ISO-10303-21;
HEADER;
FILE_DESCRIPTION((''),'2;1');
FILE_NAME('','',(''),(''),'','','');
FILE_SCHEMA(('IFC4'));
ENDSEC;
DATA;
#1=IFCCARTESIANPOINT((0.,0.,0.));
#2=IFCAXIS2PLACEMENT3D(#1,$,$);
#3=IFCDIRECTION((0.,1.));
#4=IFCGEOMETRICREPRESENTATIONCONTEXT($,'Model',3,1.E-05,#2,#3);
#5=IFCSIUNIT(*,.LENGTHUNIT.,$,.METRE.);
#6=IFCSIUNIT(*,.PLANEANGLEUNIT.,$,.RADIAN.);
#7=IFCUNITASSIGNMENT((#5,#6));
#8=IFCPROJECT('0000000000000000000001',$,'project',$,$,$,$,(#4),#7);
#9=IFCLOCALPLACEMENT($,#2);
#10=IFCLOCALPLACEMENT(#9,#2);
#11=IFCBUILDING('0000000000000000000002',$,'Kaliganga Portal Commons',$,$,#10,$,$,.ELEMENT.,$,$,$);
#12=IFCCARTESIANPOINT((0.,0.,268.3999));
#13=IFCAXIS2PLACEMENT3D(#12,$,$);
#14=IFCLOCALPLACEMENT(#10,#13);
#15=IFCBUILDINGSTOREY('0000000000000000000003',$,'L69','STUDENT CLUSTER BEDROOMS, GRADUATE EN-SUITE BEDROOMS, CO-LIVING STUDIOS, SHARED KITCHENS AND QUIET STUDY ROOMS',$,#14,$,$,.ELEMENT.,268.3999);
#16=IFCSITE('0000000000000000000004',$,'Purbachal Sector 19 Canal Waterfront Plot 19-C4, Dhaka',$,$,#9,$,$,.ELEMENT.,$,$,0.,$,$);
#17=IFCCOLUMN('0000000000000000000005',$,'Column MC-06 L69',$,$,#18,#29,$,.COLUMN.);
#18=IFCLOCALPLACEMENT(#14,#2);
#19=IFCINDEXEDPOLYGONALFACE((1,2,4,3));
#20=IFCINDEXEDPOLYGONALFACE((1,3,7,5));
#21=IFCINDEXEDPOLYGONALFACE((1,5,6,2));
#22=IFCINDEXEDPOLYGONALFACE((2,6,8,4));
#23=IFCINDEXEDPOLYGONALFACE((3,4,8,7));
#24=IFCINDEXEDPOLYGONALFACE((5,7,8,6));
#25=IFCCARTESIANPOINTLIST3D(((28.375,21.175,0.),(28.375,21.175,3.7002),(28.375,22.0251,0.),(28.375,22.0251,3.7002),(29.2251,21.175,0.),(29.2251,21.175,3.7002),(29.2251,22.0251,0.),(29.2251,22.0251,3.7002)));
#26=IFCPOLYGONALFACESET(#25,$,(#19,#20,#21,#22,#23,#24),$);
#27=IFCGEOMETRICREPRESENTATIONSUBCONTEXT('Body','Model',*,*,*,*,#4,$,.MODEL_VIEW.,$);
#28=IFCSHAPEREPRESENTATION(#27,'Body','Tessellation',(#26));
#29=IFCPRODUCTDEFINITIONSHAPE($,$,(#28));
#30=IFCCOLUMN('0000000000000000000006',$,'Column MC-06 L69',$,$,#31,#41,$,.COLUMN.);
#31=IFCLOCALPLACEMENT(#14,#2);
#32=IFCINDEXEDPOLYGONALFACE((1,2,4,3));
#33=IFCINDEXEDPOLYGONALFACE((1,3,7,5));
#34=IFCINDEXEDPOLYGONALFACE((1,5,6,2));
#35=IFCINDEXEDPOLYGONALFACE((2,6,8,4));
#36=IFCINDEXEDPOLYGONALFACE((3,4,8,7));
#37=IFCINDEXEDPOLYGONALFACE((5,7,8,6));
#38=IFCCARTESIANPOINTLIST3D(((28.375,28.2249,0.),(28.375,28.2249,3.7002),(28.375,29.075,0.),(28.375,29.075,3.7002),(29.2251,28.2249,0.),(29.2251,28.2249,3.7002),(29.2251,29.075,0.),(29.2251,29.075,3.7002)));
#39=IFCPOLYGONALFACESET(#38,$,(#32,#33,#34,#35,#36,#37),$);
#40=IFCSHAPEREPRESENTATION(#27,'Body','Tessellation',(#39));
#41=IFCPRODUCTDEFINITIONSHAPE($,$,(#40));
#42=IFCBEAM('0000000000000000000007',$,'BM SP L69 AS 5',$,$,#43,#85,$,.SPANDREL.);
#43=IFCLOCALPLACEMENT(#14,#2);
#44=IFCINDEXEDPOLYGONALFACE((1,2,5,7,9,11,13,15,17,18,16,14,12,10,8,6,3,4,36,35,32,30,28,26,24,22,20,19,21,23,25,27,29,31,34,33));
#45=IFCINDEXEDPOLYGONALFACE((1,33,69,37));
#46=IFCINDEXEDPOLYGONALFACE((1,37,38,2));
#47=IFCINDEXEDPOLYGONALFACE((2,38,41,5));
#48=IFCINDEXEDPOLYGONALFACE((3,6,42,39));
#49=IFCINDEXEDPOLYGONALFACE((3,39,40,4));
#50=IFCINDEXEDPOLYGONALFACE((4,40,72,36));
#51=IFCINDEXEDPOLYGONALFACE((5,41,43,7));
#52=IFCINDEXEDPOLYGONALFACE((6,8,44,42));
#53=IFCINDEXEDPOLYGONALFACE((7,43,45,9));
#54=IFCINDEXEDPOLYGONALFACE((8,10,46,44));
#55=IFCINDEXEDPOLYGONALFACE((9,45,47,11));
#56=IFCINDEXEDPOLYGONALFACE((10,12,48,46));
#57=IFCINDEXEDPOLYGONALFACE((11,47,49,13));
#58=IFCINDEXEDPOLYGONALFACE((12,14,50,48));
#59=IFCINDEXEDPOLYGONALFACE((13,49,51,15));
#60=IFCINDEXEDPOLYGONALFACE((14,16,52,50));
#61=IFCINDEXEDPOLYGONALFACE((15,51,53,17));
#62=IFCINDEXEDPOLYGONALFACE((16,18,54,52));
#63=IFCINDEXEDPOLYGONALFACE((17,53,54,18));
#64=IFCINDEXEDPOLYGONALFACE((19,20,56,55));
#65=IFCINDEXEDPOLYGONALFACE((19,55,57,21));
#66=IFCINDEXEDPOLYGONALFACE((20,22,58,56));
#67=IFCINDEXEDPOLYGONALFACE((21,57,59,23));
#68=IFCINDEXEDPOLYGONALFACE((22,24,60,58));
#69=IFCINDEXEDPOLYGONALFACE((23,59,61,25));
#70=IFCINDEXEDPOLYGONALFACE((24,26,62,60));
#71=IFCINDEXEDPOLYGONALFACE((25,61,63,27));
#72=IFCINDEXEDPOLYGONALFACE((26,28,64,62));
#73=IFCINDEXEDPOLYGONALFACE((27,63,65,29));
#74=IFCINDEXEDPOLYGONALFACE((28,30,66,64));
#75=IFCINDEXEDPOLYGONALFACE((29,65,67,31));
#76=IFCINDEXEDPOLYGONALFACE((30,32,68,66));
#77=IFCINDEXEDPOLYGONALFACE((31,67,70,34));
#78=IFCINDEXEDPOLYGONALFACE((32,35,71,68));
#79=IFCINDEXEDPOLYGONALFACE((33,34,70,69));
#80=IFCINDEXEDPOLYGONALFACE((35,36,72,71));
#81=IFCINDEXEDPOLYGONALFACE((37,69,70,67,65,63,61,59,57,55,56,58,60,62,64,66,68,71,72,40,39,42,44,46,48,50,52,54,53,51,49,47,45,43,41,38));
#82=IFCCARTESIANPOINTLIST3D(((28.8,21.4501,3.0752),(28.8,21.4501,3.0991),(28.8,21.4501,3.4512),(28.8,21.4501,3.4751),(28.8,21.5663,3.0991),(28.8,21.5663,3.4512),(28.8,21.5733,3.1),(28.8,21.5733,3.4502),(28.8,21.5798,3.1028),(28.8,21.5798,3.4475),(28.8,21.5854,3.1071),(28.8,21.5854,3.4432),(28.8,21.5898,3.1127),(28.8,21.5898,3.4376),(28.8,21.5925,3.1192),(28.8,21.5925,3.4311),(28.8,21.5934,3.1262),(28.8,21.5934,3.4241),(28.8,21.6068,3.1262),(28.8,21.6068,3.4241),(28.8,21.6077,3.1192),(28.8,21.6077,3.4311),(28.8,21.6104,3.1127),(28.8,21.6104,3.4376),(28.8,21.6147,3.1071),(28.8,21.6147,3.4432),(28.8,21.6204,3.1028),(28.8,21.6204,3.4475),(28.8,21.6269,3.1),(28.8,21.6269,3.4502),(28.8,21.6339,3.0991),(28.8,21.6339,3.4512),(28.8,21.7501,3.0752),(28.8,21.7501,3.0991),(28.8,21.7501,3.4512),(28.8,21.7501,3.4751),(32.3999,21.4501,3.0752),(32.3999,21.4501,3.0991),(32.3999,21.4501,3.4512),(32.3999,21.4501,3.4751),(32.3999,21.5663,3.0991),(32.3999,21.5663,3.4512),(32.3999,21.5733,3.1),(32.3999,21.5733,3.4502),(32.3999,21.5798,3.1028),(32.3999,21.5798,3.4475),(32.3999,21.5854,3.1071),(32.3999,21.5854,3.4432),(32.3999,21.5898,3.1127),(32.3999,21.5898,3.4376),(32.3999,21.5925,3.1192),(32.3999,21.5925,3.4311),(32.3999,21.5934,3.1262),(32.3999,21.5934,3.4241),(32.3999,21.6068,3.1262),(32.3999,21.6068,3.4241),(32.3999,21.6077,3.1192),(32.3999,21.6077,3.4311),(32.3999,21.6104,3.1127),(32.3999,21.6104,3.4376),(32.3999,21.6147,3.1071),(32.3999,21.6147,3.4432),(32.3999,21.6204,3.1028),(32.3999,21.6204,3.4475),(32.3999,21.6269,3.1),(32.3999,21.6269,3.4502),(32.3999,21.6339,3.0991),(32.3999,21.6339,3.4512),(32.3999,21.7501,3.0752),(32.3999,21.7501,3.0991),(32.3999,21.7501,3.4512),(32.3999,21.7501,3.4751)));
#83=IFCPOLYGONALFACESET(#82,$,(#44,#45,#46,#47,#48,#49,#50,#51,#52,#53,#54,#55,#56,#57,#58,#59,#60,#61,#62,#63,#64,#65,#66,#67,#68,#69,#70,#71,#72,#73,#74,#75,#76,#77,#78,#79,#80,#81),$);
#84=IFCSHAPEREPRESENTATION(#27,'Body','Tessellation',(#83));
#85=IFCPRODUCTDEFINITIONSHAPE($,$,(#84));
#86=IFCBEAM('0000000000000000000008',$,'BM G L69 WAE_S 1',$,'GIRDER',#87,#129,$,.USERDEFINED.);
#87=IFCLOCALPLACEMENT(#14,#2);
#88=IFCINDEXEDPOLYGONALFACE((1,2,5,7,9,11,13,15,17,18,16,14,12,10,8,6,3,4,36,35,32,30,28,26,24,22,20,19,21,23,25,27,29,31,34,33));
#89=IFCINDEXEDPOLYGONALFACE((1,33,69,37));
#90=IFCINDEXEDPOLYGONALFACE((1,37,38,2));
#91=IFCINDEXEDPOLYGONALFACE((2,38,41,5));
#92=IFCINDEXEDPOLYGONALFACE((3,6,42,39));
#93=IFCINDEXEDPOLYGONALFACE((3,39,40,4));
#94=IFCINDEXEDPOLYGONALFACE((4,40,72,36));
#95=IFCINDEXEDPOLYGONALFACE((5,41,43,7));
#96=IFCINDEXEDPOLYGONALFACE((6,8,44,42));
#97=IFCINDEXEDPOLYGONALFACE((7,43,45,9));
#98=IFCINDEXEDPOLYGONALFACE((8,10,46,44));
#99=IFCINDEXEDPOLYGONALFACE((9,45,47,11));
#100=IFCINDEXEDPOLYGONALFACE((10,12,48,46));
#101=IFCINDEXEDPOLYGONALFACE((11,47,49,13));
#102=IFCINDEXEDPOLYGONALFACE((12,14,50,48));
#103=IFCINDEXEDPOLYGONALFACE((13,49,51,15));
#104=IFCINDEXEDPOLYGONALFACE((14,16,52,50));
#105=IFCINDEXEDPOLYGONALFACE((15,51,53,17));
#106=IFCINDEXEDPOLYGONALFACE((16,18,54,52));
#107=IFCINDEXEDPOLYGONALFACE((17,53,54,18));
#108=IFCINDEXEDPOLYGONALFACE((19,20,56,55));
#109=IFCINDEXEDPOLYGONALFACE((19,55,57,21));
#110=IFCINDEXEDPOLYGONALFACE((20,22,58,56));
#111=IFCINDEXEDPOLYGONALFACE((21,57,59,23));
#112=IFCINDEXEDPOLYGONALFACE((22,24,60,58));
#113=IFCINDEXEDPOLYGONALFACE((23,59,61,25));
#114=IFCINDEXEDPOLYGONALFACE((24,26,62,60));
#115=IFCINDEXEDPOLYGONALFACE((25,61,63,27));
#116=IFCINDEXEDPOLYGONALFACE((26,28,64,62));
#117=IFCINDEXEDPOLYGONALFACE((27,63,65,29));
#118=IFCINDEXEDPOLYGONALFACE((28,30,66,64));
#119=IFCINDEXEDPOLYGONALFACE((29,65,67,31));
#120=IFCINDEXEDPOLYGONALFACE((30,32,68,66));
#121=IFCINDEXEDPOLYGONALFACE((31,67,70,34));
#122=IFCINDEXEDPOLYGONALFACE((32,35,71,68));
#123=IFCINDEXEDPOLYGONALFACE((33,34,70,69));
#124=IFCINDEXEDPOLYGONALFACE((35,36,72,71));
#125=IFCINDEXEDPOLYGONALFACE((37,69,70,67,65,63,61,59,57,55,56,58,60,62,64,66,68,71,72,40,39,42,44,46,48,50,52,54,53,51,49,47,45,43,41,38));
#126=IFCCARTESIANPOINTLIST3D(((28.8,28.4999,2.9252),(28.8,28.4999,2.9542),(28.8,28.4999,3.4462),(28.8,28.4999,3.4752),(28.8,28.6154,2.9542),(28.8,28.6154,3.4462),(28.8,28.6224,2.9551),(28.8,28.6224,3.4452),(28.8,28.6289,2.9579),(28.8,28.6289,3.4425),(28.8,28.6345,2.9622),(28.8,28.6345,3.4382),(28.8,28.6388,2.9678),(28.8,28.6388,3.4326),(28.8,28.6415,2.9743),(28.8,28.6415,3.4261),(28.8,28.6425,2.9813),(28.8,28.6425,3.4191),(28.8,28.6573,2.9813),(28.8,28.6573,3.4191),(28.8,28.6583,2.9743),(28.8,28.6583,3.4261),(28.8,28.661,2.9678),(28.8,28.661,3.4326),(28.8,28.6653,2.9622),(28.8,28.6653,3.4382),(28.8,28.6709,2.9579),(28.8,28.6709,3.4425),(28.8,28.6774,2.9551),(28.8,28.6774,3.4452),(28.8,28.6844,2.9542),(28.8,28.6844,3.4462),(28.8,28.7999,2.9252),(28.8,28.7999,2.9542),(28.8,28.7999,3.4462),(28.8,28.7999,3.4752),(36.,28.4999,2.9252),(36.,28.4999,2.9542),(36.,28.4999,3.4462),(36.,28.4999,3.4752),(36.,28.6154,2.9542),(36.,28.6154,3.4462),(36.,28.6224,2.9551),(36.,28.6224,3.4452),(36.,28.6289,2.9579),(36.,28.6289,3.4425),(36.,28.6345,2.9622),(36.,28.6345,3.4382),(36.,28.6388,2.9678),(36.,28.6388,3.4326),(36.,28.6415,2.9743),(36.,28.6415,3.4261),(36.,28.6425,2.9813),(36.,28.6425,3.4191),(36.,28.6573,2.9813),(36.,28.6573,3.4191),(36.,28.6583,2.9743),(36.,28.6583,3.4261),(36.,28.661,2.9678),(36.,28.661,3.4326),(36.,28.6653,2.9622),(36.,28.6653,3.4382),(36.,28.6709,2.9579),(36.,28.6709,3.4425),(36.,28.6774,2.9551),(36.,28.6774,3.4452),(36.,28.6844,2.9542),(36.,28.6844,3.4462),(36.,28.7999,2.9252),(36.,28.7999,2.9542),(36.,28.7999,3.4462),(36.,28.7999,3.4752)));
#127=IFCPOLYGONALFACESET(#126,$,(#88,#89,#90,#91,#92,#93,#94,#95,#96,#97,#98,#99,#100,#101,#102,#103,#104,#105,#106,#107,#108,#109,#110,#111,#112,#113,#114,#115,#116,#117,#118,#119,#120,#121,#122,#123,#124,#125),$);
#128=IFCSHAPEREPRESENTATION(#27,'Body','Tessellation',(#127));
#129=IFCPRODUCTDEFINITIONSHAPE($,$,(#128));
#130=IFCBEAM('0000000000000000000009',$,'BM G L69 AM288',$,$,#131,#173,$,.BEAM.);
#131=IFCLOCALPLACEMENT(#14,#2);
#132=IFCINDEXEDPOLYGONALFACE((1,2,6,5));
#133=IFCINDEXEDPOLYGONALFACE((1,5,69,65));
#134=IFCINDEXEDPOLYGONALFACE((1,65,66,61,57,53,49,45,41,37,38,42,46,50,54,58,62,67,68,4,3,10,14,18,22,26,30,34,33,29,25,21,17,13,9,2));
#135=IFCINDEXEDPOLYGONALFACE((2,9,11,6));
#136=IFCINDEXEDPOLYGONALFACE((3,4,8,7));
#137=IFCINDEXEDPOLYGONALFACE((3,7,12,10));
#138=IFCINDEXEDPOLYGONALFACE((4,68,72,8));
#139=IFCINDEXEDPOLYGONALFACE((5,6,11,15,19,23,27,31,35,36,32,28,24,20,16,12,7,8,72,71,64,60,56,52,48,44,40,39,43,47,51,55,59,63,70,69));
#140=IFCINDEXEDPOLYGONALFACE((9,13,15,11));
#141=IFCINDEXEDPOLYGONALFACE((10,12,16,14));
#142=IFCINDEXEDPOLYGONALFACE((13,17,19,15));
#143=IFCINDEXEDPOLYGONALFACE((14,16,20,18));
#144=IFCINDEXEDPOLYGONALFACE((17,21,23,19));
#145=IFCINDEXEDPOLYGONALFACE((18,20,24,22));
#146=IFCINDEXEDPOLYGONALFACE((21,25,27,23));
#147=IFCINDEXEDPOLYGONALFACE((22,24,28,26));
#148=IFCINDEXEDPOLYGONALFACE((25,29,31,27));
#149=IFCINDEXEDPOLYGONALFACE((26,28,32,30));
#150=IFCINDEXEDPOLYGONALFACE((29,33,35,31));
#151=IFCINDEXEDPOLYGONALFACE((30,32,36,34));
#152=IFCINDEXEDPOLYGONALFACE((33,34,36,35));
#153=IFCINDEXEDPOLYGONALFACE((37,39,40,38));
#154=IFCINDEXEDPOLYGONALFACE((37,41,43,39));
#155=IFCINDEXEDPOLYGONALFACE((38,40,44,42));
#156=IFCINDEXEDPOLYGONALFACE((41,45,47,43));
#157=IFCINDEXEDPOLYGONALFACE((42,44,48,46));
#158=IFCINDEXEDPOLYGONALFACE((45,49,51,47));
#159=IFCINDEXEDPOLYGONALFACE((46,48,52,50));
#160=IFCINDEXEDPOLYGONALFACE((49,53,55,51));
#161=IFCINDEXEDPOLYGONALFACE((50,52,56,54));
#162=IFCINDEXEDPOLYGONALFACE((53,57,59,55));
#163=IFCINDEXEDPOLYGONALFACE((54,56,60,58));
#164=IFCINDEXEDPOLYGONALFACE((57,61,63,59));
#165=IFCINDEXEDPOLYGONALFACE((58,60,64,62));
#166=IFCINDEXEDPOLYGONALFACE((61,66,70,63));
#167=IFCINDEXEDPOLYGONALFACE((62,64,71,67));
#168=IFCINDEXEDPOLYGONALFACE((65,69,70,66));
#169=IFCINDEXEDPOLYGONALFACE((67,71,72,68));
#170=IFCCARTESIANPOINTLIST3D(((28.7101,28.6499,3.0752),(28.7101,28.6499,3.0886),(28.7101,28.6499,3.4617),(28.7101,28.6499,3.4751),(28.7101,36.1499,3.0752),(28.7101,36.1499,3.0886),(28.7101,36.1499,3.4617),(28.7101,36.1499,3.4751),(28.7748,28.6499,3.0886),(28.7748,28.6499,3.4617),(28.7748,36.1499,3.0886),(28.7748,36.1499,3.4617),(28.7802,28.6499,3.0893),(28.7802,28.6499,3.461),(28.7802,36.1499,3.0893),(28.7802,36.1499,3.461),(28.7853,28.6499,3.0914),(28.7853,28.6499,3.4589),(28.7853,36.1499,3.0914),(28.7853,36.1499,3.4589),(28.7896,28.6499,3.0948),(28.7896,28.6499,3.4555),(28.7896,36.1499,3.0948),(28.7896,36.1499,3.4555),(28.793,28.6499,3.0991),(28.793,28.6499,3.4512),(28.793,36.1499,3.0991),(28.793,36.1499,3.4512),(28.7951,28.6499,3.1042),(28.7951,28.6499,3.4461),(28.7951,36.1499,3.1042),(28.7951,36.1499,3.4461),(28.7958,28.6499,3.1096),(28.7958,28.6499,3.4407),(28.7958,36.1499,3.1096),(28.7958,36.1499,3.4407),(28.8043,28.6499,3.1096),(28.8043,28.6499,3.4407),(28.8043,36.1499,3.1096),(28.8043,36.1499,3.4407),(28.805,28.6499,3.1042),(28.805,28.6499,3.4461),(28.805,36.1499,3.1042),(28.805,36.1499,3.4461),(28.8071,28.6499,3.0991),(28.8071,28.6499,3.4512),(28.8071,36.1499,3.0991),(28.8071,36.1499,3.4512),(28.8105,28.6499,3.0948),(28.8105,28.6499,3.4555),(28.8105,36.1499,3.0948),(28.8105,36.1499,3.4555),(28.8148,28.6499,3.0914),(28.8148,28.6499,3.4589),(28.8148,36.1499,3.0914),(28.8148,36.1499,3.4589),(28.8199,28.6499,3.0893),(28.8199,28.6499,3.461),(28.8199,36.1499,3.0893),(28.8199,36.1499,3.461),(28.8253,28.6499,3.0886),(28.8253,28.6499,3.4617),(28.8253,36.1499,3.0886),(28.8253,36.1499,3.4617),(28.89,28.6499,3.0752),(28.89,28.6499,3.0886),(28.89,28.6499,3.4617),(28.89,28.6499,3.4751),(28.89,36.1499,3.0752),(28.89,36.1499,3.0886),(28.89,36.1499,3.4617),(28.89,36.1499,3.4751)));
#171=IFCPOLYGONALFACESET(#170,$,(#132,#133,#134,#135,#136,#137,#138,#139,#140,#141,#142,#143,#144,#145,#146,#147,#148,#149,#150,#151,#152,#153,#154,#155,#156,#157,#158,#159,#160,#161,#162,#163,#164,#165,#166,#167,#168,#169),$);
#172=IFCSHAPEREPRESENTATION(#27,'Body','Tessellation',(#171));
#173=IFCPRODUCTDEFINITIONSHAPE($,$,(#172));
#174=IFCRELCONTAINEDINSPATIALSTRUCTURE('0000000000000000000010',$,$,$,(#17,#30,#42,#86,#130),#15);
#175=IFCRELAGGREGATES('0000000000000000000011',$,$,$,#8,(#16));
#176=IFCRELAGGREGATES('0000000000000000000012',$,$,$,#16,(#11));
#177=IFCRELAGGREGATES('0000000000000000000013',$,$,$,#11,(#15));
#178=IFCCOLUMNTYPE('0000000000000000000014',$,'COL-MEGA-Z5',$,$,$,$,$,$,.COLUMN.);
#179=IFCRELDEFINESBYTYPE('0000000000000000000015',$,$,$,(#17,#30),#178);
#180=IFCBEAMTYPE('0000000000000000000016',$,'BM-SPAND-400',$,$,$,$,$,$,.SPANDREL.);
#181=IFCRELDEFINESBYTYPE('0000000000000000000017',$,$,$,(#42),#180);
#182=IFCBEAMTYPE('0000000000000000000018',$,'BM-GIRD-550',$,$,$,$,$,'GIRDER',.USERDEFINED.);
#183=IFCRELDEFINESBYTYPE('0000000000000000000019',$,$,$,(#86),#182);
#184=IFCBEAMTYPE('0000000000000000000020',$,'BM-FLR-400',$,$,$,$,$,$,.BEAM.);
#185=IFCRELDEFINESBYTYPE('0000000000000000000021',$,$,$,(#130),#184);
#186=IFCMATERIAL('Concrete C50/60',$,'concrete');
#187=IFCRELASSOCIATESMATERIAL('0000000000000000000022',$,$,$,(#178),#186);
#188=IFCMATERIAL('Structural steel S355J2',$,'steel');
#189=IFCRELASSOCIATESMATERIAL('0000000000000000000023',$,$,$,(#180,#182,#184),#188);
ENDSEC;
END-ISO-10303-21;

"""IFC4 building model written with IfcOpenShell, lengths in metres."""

from ifc_helpers import new_model, si_unit, direction, frame, origin, origin_2d, place, context, subcontext, project, spatial, rectangle, i_section, extrude, source, transform, mapped, material, material_profile, profile_set, type_object, element, save


model = new_model("IFC4")

# Units and contexts
model_context = context("Model", 3, precision=1e-05, world=origin(), true_north=direction((0.0, 1.0)))
body_context = subcontext(model_context, "Body", "Model", "MODEL_VIEW")
ifc_project = project(units=[si_unit("LENGTHUNIT", "METRE"), si_unit("PLANEANGLEUNIT", "RADIAN")], contexts=[model_context])

# Site, building, storey
site_placement = place(None, origin())
site = spatial("IfcSite", under=ifc_project, at=site_placement, Name="Purbachal Sector 19 Canal Waterfront Plot 19-C4, Dhaka", CompositionType="ELEMENT", RefElevation=0.0)
building_placement = place(site_placement, origin())
building = spatial("IfcBuilding", under=site, at=building_placement, Name="Kaliganga Portal Commons", CompositionType="ELEMENT")
storey_placement = place(building_placement, frame((0.0, 0.0, 268.3999)))
storey = spatial("IfcBuildingStorey", under=building, at=storey_placement, Name="L69", Description="STUDENT CLUSTER BEDROOMS, GRADUATE EN-SUITE BEDROOMS, CO-LIVING STUDIOS, SHARED KITCHENS AND QUIET STUDY ROOMS", CompositionType="ELEMENT", Elevation=268.3999)

# Columns
ifc_material_1 = material(Name="Concrete C50/60", Category="concrete")
ifc_material_profile_1 = material_profile(ifc_material_1, rectangle(XDim=0.8501, YDim=0.8501, at=origin_2d()), Name="RC 850x850")
ifc_profile_set_1 = profile_set([ifc_material_profile_1], Name="Concrete C50/60")
column_type = type_object("IfcColumnType", Name="COL-MEGA-Z5", PredefinedType="COLUMN", material=ifc_profile_set_1)
shared_shape_1 = source(origin(), body_context, "Body", "SweptSolid", [
    extrude(rectangle(XDim=0.8501, YDim=0.8501, at=origin_2d()), origin(), (0.0, 0.0, 1.0), 3.7002),
])
for number, where, z_axis, x_axis, name in (
    (1, (28.8, 21.6001, 0.0), (0.0, 0.0, 1.0), (1.0, 0.0, 0.0), "Column MC-06 L69"),
    (2, (28.8, 28.6499, 0.0), (0.0, 0.0, 1.0), (1.0, 0.0, 0.0), "Column MC-06 L69"),
):
    element("IfcColumn", number, at=place(storey_placement, frame(where, z_axis=z_axis, x_axis=x_axis)), inside=storey, type_object=column_type, Name=name, PredefinedType="COLUMN", context=body_context, shape_type="MappedRepresentation", body=[
        mapped(shared_shape_1, transform((0.0, 0.0, 0.0), x_axis=(1.0, 0.0, 0.0), y_axis=(0.0, 1.0, 0.0), z_axis=(0.0, 0.0, 1.0), scale=1.0)),
    ])

# Beams
ifc_material_2 = material(Name="Structural steel S355J2", Category="steel")
ifc_material_profile_2 = material_profile(ifc_material_2, i_section(OverallWidth=0.3, OverallDepth=0.3999, WebThickness=0.0134, FlangeThickness=0.0239, FilletRadius=0.0271, at=origin_2d()), Name="HE 400 B")
ifc_profile_set_2 = profile_set([ifc_material_profile_2], Name="Structural steel S355J2 wide-flange")
beam_type_1 = type_object("IfcBeamType", Name="BM-SPAND-400", PredefinedType="SPANDREL", material=ifc_profile_set_2)
shared_shape_2 = source(origin(), body_context, "Body", "SweptSolid", [
    extrude(i_section(OverallWidth=0.3, OverallDepth=0.3999, WebThickness=0.0134, FlangeThickness=0.0239, FilletRadius=0.0271, at=origin_2d()), origin(), (0.0, 0.0, 1.0), 3.5999),
])
beam_1_placement = place(storey_placement, frame((28.8, 21.6001, 3.2751), z_axis=(1.0, 0.0, 0.0), x_axis=(0.0, 1.0, 0.0)))
element("IfcBeam", 3, at=beam_1_placement, inside=storey, type_object=beam_type_1, Name="BM SP L69 AS 5", PredefinedType="SPANDREL", context=body_context, shape_type="MappedRepresentation", body=[
    mapped(shared_shape_2, transform((0.0, 0.0, 0.0), x_axis=(1.0, 0.0, 0.0), y_axis=(0.0, 1.0, 0.0), z_axis=(0.0, 0.0, 1.0), scale=1.0)),
])
ifc_material_profile_3 = material_profile(ifc_material_2, i_section(OverallWidth=0.3, OverallDepth=0.55, WebThickness=0.0149, FlangeThickness=0.0291, FilletRadius=0.0271, at=origin_2d()), Name="HE 550 B")
ifc_profile_set_3 = profile_set([ifc_material_profile_3], Name="Structural steel S355J2 wide-flange")
beam_type_2 = type_object("IfcBeamType", Name="BM-GIRD-550", ElementType="GIRDER", PredefinedType="USERDEFINED", material=ifc_profile_set_3)
shared_shape_3 = source(origin(), body_context, "Body", "SweptSolid", [
    extrude(i_section(OverallWidth=0.3, OverallDepth=0.55, WebThickness=0.0149, FlangeThickness=0.0291, FilletRadius=0.0271, at=origin_2d()), origin(), (0.0, 0.0, 1.0), 7.2),
])
beam_2_placement = place(storey_placement, frame((28.8, 28.6499, 3.2002), z_axis=(1.0, 0.0, 0.0), x_axis=(0.0, 1.0, 0.0)))
element("IfcBeam", 4, at=beam_2_placement, inside=storey, type_object=beam_type_2, Name="BM G L69 WAE_S 1", ObjectType="GIRDER", PredefinedType="USERDEFINED", context=body_context, shape_type="MappedRepresentation", body=[
    mapped(shared_shape_3, transform((0.0, 0.0, 0.0), x_axis=(1.0, 0.0, 0.0), y_axis=(0.0, 1.0, 0.0), z_axis=(0.0, 0.0, 1.0), scale=1.0)),
])
ifc_material_profile_4 = material_profile(ifc_material_2, i_section(OverallWidth=0.1799, OverallDepth=0.3999, WebThickness=0.0085, FlangeThickness=0.0134, FilletRadius=0.021, at=origin_2d()), Name="IPE 400")
ifc_profile_set_4 = profile_set([ifc_material_profile_4], Name="Structural steel S355J2 wide-flange")
beam_type_3 = type_object("IfcBeamType", Name="BM-FLR-400", PredefinedType="BEAM", material=ifc_profile_set_4)
shared_shape_4 = source(origin(), body_context, "Body", "SweptSolid", [
    extrude(i_section(OverallWidth=0.1799, OverallDepth=0.3999, WebThickness=0.0085, FlangeThickness=0.0134, FilletRadius=0.021, at=origin_2d()), origin(), (0.0, 0.0, 1.0), 7.5),
])
beam_3_placement = place(storey_placement, frame((28.8, 28.6499, 3.2751), z_axis=(0.0, 1.0, 0.0), x_axis=(-1.0, 0.0, 0.0)))
element("IfcBeam", 5, at=beam_3_placement, inside=storey, type_object=beam_type_3, Name="BM G L69 AM288", PredefinedType="BEAM", context=body_context, shape_type="MappedRepresentation", body=[
    mapped(shared_shape_4, transform((0.0, 0.0, 0.0), x_axis=(1.0, 0.0, 0.0), y_axis=(0.0, 1.0, 0.0), z_axis=(0.0, 0.0, 1.0), scale=1.0)),
])

save(model, "model.ifc")
